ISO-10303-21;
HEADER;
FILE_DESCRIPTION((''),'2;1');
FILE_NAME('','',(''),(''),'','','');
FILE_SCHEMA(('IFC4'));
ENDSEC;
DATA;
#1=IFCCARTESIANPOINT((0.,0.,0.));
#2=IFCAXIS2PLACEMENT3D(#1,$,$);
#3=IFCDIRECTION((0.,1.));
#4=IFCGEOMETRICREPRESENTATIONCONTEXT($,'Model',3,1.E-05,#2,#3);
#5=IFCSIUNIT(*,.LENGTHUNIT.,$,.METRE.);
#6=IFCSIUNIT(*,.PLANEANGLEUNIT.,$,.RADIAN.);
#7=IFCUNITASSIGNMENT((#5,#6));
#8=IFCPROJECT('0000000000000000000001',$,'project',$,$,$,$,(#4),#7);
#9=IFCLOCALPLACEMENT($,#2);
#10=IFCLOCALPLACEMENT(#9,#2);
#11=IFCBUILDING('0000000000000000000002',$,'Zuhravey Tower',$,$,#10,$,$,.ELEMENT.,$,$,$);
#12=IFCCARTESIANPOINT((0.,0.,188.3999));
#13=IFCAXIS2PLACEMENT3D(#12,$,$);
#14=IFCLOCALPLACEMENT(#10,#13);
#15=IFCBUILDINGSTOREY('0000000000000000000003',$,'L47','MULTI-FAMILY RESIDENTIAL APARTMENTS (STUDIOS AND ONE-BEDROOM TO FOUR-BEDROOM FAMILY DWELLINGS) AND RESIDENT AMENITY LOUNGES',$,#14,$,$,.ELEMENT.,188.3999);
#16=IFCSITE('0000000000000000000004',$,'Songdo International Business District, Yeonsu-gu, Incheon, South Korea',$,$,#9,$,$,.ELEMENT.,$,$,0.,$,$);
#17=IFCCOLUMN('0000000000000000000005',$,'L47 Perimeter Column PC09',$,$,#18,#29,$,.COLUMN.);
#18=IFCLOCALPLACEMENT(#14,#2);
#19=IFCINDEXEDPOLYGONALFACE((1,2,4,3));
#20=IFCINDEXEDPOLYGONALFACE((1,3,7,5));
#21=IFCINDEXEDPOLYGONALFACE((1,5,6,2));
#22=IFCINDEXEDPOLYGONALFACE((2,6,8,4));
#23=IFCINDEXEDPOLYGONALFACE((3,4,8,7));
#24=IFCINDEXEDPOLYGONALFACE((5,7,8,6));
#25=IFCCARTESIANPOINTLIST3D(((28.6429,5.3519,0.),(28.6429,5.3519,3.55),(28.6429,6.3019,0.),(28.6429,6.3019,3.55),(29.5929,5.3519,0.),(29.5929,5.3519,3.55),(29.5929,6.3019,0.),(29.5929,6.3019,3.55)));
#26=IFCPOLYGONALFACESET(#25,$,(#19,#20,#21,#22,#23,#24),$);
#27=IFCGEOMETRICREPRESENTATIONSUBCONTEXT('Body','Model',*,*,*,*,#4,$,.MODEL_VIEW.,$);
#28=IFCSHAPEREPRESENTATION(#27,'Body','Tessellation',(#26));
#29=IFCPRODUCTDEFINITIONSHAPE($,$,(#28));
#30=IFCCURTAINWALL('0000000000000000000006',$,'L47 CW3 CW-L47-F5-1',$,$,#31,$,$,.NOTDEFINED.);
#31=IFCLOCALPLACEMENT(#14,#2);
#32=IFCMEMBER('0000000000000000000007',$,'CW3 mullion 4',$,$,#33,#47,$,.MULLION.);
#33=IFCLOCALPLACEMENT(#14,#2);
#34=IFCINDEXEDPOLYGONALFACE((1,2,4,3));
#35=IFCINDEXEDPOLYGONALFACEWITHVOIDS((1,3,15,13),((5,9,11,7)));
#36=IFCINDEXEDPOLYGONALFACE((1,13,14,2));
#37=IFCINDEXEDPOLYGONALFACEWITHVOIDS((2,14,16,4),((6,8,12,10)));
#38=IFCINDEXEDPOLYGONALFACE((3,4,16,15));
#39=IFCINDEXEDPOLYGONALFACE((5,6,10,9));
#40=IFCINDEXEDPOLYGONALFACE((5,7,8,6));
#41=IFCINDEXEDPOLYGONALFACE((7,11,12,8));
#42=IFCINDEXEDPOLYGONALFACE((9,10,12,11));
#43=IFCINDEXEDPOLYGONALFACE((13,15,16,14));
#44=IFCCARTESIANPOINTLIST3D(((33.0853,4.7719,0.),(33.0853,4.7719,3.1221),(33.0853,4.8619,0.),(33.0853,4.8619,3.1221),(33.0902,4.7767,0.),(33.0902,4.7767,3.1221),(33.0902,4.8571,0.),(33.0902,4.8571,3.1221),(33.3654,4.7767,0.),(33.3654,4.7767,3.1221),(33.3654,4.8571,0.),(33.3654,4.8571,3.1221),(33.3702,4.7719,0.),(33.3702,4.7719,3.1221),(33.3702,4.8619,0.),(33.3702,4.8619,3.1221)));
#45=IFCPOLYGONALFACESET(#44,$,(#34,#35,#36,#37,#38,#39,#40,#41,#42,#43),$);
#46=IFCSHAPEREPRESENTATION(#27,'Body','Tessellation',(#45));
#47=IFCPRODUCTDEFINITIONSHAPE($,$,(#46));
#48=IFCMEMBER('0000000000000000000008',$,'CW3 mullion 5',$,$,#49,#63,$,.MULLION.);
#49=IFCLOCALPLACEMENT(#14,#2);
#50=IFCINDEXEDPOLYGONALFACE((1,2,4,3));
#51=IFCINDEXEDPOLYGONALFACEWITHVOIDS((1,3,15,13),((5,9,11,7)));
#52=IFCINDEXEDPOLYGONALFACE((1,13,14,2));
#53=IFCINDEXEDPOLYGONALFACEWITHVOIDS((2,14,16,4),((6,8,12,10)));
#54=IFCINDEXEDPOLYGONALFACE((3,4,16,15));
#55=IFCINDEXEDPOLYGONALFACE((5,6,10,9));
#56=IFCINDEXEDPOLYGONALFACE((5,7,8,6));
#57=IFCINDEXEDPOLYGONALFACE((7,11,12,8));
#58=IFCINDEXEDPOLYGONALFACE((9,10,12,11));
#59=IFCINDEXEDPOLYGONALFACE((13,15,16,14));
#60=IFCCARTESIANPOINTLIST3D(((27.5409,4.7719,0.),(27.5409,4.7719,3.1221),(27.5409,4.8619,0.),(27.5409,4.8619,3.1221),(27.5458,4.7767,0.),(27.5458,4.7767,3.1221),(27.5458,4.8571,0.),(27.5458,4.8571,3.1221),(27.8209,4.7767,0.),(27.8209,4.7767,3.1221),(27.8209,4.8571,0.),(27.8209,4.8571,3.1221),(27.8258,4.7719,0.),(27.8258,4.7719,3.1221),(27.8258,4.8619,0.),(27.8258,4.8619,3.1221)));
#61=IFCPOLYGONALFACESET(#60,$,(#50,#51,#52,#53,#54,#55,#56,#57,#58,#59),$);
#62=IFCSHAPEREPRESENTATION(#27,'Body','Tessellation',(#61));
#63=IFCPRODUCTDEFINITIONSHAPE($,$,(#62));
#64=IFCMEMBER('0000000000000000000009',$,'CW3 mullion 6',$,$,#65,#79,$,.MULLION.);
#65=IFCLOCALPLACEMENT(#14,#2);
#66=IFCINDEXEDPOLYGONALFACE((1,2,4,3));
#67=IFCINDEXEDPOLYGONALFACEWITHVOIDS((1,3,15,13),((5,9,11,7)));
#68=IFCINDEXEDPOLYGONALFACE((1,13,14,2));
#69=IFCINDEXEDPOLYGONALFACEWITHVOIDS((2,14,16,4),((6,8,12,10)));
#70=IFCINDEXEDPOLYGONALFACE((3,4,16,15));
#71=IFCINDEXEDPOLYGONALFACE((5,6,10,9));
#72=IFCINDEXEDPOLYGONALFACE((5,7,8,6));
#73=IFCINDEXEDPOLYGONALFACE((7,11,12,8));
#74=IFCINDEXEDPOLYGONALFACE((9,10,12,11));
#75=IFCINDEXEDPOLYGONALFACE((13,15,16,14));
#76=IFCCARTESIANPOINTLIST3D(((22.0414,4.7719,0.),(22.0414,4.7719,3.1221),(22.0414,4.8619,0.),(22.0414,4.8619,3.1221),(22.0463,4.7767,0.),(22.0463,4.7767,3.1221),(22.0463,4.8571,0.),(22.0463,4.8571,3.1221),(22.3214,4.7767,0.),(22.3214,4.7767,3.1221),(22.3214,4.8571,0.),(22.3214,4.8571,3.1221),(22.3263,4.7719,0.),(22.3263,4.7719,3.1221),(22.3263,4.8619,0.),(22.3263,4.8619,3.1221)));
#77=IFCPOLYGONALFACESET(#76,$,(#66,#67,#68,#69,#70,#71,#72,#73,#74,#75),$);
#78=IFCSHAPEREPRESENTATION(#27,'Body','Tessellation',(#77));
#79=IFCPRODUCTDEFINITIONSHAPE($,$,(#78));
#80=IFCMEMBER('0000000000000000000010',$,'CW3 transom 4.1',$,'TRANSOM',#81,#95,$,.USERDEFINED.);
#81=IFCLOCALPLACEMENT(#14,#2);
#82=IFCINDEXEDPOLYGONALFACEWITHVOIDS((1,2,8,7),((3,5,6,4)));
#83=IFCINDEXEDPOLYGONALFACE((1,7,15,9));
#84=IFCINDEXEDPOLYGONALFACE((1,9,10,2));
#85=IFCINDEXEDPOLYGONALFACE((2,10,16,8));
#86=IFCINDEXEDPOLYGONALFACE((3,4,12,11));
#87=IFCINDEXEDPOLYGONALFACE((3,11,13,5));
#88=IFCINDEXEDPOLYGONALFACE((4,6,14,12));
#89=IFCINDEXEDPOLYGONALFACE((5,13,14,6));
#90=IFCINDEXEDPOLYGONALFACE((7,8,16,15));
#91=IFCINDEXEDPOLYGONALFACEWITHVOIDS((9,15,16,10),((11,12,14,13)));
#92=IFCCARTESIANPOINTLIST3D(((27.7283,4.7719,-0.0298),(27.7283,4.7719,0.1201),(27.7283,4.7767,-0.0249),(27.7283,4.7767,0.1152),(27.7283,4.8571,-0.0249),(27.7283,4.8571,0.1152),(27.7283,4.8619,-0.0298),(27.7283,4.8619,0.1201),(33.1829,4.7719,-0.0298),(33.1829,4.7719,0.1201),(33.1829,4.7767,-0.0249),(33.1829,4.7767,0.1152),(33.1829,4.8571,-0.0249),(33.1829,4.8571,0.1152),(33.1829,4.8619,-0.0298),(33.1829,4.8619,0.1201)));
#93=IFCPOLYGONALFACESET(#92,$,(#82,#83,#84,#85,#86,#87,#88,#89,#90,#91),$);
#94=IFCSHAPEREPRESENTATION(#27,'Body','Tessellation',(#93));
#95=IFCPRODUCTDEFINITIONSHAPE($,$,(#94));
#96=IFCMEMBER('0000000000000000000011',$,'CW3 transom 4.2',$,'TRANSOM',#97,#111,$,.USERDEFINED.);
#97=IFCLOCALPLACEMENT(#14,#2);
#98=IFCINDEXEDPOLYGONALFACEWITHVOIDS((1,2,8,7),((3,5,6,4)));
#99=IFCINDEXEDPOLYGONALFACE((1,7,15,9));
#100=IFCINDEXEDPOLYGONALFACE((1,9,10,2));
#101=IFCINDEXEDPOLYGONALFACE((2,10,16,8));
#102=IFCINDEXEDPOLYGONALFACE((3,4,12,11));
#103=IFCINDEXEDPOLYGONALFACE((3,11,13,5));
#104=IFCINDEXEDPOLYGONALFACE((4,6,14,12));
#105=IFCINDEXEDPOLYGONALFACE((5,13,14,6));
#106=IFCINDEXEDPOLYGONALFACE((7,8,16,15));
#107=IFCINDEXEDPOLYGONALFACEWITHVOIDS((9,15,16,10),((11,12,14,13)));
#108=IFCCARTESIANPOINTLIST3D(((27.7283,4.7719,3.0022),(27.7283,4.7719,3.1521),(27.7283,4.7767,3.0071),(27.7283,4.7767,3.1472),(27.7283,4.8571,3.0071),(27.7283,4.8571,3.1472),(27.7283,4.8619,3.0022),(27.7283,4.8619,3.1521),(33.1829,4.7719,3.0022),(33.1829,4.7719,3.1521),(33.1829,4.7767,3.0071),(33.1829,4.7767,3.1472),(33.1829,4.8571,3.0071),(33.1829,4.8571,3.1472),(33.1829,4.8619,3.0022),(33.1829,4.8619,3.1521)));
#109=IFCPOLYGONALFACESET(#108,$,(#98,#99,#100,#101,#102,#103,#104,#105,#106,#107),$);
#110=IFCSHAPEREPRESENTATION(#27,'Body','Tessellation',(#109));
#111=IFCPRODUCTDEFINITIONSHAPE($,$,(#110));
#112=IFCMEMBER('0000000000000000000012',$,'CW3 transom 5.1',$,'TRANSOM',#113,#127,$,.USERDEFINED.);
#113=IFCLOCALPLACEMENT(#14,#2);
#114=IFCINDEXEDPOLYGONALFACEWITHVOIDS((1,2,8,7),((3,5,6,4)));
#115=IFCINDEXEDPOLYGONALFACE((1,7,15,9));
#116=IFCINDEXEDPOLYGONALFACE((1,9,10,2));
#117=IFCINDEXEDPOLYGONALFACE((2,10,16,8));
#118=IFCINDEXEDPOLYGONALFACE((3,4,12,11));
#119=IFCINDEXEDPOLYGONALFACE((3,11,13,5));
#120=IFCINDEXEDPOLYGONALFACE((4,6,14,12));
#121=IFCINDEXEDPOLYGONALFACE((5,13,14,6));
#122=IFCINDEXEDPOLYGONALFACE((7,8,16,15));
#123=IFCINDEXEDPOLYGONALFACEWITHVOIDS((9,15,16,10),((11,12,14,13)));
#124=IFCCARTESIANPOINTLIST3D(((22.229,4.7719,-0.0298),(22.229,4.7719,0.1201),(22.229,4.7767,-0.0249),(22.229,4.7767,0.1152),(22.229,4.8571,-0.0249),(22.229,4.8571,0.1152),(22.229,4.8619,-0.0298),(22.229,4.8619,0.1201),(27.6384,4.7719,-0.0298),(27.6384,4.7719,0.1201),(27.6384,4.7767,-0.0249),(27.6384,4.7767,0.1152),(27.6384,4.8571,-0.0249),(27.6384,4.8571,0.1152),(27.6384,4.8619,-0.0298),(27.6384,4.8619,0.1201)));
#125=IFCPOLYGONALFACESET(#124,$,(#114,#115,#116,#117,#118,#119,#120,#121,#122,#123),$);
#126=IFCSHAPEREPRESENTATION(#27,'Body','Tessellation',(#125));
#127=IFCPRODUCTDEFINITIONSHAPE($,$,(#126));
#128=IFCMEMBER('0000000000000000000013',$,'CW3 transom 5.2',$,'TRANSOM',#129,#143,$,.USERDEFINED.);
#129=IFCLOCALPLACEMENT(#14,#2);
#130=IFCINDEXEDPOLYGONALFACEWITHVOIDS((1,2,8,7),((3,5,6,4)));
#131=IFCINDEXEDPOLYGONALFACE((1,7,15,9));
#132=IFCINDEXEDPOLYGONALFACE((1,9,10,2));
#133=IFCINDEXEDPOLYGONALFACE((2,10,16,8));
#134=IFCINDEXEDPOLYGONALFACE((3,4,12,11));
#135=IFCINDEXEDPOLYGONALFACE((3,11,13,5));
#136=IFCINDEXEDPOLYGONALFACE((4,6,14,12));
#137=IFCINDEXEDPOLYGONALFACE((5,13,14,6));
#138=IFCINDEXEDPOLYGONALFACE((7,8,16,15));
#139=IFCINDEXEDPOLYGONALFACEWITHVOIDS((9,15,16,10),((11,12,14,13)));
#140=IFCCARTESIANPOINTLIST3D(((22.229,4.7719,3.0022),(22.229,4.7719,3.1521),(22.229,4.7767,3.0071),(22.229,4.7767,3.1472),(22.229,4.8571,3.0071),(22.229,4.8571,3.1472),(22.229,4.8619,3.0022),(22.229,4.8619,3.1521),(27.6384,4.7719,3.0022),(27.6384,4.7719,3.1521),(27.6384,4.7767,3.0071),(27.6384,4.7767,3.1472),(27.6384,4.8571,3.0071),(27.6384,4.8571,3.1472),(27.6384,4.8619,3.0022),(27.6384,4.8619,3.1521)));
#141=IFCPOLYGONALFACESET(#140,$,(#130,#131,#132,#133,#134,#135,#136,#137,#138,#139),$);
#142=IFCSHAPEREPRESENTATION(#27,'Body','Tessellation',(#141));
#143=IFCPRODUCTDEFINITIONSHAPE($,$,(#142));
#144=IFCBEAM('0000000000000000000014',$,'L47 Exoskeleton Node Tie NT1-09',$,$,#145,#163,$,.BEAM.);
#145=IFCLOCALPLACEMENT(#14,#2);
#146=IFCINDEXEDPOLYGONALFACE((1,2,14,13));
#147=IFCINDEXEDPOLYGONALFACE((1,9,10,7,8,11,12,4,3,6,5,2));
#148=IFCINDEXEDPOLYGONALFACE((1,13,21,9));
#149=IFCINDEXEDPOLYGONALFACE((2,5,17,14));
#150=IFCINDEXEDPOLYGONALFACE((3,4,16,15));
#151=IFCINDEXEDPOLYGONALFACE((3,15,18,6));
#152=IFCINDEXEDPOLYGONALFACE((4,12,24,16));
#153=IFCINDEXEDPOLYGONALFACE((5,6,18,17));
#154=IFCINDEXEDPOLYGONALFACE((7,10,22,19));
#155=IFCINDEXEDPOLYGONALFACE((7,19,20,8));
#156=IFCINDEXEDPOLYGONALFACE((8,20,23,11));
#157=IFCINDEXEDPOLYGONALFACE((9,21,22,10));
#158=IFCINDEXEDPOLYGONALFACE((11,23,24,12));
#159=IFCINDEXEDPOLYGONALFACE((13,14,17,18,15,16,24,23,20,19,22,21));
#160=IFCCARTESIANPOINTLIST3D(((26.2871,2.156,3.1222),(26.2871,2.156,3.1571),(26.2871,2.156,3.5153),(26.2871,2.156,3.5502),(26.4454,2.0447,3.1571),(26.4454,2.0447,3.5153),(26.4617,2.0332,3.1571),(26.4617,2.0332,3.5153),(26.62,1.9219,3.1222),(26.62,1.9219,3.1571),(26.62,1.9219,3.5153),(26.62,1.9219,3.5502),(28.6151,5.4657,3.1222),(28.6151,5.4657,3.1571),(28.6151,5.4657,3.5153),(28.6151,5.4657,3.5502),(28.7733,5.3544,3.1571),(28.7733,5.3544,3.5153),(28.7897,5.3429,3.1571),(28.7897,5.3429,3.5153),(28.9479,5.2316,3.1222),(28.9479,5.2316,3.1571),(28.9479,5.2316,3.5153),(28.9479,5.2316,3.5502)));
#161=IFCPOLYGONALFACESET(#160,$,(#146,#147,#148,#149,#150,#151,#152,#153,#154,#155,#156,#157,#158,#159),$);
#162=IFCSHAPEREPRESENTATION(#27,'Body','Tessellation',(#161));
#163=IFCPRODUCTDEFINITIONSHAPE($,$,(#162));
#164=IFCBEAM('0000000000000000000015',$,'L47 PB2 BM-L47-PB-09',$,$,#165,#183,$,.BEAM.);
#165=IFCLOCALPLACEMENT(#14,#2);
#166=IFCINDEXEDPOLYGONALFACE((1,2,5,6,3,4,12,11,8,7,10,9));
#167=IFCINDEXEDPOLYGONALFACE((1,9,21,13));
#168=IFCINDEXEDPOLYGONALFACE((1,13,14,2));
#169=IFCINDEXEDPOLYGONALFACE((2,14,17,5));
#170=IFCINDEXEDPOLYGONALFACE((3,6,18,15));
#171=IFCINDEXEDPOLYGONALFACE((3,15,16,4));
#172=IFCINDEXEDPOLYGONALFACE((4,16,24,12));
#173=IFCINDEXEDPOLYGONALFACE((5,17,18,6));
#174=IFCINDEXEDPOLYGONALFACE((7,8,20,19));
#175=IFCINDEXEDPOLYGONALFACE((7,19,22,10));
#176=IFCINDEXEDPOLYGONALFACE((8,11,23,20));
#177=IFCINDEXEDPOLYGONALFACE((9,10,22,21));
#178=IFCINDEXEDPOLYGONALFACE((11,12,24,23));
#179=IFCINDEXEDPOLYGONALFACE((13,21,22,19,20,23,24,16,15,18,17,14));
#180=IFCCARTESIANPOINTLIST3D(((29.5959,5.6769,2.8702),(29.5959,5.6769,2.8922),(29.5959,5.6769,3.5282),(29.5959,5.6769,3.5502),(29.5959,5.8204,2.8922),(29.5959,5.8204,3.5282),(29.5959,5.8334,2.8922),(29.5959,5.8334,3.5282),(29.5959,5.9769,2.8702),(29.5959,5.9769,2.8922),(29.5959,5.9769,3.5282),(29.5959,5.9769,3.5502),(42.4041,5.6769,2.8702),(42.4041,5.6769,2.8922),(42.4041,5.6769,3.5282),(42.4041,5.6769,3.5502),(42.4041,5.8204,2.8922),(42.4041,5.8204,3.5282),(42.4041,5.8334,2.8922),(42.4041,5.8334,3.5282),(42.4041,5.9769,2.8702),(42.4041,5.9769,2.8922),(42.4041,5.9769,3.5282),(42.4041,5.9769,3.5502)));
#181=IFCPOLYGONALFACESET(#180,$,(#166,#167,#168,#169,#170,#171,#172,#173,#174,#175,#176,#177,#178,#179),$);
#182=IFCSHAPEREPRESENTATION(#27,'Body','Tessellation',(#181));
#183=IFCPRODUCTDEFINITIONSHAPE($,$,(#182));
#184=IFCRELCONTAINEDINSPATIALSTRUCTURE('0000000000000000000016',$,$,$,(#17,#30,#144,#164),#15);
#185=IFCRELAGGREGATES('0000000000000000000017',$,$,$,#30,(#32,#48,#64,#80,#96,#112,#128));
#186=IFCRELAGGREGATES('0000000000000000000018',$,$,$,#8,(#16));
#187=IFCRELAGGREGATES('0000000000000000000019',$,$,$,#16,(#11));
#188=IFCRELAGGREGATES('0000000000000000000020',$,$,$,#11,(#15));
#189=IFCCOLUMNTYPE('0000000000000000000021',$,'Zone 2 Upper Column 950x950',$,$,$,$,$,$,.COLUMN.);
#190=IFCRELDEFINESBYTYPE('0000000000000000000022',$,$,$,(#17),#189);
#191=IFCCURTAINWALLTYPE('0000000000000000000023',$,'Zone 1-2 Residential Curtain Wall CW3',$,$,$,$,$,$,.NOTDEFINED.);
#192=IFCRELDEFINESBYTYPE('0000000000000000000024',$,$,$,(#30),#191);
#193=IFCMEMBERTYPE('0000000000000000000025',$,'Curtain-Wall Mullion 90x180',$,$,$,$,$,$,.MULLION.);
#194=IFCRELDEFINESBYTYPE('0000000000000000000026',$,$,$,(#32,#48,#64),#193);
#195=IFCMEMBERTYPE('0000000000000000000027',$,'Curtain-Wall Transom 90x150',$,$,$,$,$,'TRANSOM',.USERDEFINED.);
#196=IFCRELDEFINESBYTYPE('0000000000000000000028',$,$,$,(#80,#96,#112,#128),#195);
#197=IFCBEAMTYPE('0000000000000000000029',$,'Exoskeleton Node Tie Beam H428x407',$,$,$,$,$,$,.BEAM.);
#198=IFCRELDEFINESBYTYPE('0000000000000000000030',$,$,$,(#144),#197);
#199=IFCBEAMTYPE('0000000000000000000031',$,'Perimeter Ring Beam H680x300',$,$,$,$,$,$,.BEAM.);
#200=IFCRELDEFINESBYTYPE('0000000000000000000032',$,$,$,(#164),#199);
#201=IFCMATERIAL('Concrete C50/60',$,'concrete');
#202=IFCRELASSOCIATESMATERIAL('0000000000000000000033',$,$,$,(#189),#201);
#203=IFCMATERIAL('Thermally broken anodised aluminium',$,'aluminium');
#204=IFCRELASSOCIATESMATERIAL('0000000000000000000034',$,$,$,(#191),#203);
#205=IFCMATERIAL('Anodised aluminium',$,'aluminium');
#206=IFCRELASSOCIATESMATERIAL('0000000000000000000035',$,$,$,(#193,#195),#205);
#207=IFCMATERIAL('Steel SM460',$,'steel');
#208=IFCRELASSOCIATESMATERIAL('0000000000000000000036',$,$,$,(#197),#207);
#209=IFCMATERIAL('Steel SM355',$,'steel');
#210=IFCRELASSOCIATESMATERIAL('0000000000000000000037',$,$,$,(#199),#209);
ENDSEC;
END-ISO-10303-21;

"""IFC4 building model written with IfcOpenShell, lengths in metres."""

from ifc_helpers import new_model, si_unit, direction, frame, origin, origin_2d, place, context, subcontext, project, spatial, rectangle, hollow_rectangle, i_section, extrude, material, material_profile, profile_set, type_object, element, aggregate, save


model = new_model("IFC4")

# Units and contexts
model_context = context("Model", 3, precision=1e-05, world=origin(), true_north=direction((0.0, 1.0)))
body_context = subcontext(model_context, "Body", "Model", "MODEL_VIEW")
ifc_project = project(units=[si_unit("LENGTHUNIT", "METRE"), si_unit("PLANEANGLEUNIT", "RADIAN")], contexts=[model_context])

# Site, building, storey
site_placement = place(None, origin())
site = spatial("IfcSite", under=ifc_project, at=site_placement, Name="Songdo International Business District, Yeonsu-gu, Incheon, South Korea", CompositionType="ELEMENT", RefElevation=0.0)
building_placement = place(site_placement, origin())
building = spatial("IfcBuilding", under=site, at=building_placement, Name="Zuhravey Tower", CompositionType="ELEMENT")
storey_placement = place(building_placement, frame((0.0, 0.0, 188.3999)))
storey = spatial("IfcBuildingStorey", under=building, at=storey_placement, Name="L47", Description="MULTI-FAMILY RESIDENTIAL APARTMENTS (STUDIOS AND ONE-BEDROOM TO FOUR-BEDROOM FAMILY DWELLINGS) AND RESIDENT AMENITY LOUNGES", CompositionType="ELEMENT", Elevation=188.3999)

# Column
ifc_material_1 = material(Name="Concrete C50/60", Category="concrete")
ifc_material_profile_1 = material_profile(ifc_material_1, rectangle(XDim=0.95, YDim=0.95, at=origin_2d()), Name="RC-950x950")
ifc_profile_set_1 = profile_set([ifc_material_profile_1], Name="Concrete C50/60")
column_type = type_object("IfcColumnType", Name="Zone 2 Upper Column 950x950", PredefinedType="COLUMN", material=ifc_profile_set_1)
column_placement = place(storey_placement, frame((29.1179, 5.8269, 0.0), z_axis=(0.0, 0.0, 1.0), x_axis=(1.0, 0.0, 0.0)))
element("IfcColumn", 1, at=column_placement, inside=storey, type_object=column_type, Name="L47 Perimeter Column PC09", PredefinedType="COLUMN", context=body_context, shape_type="SweptSolid", body=[
    extrude(rectangle(XDim=0.95, YDim=0.95, at=origin_2d()), origin(), (0.0, 0.0, 1.0), 3.55),
])

# Curtain wall, members
ifc_material_2 = material(Name="Thermally broken anodised aluminium", Category="aluminium")
curtain_wall_type = type_object("IfcCurtainWallType", Name="Zone 1-2 Residential Curtain Wall CW3", PredefinedType="NOTDEFINED", material=ifc_material_2)
curtain_wall_placement = place(storey_placement, origin())
curtain_wall = element("IfcCurtainWall", 2, at=curtain_wall_placement, inside=storey, type_object=curtain_wall_type, Name="L47 CW3 CW-L47-F5-1", PredefinedType="NOTDEFINED")
ifc_material_3 = material(Name="Anodised aluminium", Category="aluminium")
ifc_material_profile_2 = material_profile(ifc_material_3, hollow_rectangle(XDim=0.0901, YDim=0.2849, WallThickness=0.0049, at=origin_2d()), Name="ALU-RHS-90x285x5")
ifc_profile_set_2 = profile_set([ifc_material_profile_2], Name="Anodised aluminium")
member_type_1 = type_object("IfcMemberType", Name="Curtain-Wall Mullion 90x180", PredefinedType="MULLION", material=ifc_profile_set_2)
member_1_placement = place(storey_placement, frame((33.2278, 4.8169, 0.0), z_axis=(0.0, 0.0, 1.0), x_axis=(0.0, -1.0, 0.0)))
member_1 = element("IfcMember", 3, at=member_1_placement, type_object=member_type_1, Name="CW3 mullion 4", PredefinedType="MULLION", context=body_context, shape_type="SweptSolid", body=[
    extrude(hollow_rectangle(XDim=0.0901, YDim=0.2849, WallThickness=0.0049, at=origin_2d()), origin(), (0.0, 0.0, 1.0), 3.1221),
])
member_2_placement = place(storey_placement, frame((27.6833, 4.8169, 0.0), z_axis=(0.0, 0.0, 1.0), x_axis=(0.0, -1.0, 0.0)))
member_2 = element("IfcMember", 4, at=member_2_placement, type_object=member_type_1, Name="CW3 mullion 5", PredefinedType="MULLION", context=body_context, shape_type="SweptSolid", body=[
    extrude(hollow_rectangle(XDim=0.0901, YDim=0.2849, WallThickness=0.0049, at=origin_2d()), origin(), (0.0, 0.0, 1.0), 3.1221),
])
member_3_placement = place(storey_placement, frame((22.1838, 4.8169, 0.0), z_axis=(0.0, 0.0, 1.0), x_axis=(0.0, -1.0, 0.0)))
member_3 = element("IfcMember", 5, at=member_3_placement, type_object=member_type_1, Name="CW3 mullion 6", PredefinedType="MULLION", context=body_context, shape_type="SweptSolid", body=[
    extrude(hollow_rectangle(XDim=0.0901, YDim=0.2849, WallThickness=0.0049, at=origin_2d()), origin(), (0.0, 0.0, 1.0), 3.1221),
])
ifc_material_profile_3 = material_profile(ifc_material_3, hollow_rectangle(XDim=0.0901, YDim=0.1499, WallThickness=0.0049, at=origin_2d()), Name="ALU-RHS-90x150x5")
ifc_profile_set_3 = profile_set([ifc_material_profile_3], Name="Anodised aluminium")
member_type_2 = type_object("IfcMemberType", Name="Curtain-Wall Transom 90x150", ElementType="TRANSOM", PredefinedType="USERDEFINED", material=ifc_profile_set_3)
member_4_placement = place(storey_placement, frame((33.1829, 4.8169, 0.0452), z_axis=(-1.0, 0.0, 0.0), x_axis=(0.0, -1.0, 0.0)))
member_4 = element("IfcMember", 6, at=member_4_placement, type_object=member_type_2, Name="CW3 transom 4.1", ObjectType="TRANSOM", PredefinedType="USERDEFINED", context=body_context, shape_type="SweptSolid", body=[
    extrude(hollow_rectangle(XDim=0.0901, YDim=0.1499, WallThickness=0.0049, at=origin_2d()), origin(), (0.0, 0.0, 1.0), 5.4546),
])
member_5_placement = place(storey_placement, frame((33.1829, 4.8169, 3.0771), z_axis=(-1.0, 0.0, 0.0), x_axis=(0.0, -1.0, 0.0)))
member_5 = element("IfcMember", 7, at=member_5_placement, type_object=member_type_2, Name="CW3 transom 4.2", ObjectType="TRANSOM", PredefinedType="USERDEFINED", context=body_context, shape_type="SweptSolid", body=[
    extrude(hollow_rectangle(XDim=0.0901, YDim=0.1499, WallThickness=0.0049, at=origin_2d()), origin(), (0.0, 0.0, 1.0), 5.4546),
])
member_6_placement = place(storey_placement, frame((27.6384, 4.8169, 0.0452), z_axis=(-1.0, 0.0, 0.0), x_axis=(0.0, -1.0, 0.0)))
member_6 = element("IfcMember", 8, at=member_6_placement, type_object=member_type_2, Name="CW3 transom 5.1", ObjectType="TRANSOM", PredefinedType="USERDEFINED", context=body_context, shape_type="SweptSolid", body=[
    extrude(hollow_rectangle(XDim=0.0901, YDim=0.1499, WallThickness=0.0049, at=origin_2d()), origin(), (0.0, 0.0, 1.0), 5.4094),
])
member_7_placement = place(storey_placement, frame((27.6384, 4.8169, 3.0771), z_axis=(-1.0, 0.0, 0.0), x_axis=(0.0, -1.0, 0.0)))
member_7 = element("IfcMember", 9, at=member_7_placement, type_object=member_type_2, Name="CW3 transom 5.2", ObjectType="TRANSOM", PredefinedType="USERDEFINED", context=body_context, shape_type="SweptSolid", body=[
    extrude(hollow_rectangle(XDim=0.0901, YDim=0.1499, WallThickness=0.0049, at=origin_2d()), origin(), (0.0, 0.0, 1.0), 5.4094),
])

# Beams
ifc_material_4 = material(Name="Steel SM460", Category="steel")
ifc_material_profile_4 = material_profile(ifc_material_4, i_section(OverallWidth=0.407, OverallDepth=0.428, WebThickness=0.02, FlangeThickness=0.0349, at=origin_2d()), Name="H-428x407x20x35")
ifc_profile_set_4 = profile_set([ifc_material_profile_4], Name="Steel SM460")
beam_type_1 = type_object("IfcBeamType", Name="Exoskeleton Node Tie Beam H428x407", PredefinedType="BEAM", material=ifc_profile_set_4)
beam_1_placement = place(storey_placement, frame((28.7815, 5.3486, 3.3362), z_axis=(-0.575316, -0.817932, 0.0), x_axis=(0.817932, -0.575316, 0.0)))
element("IfcBeam", 10, at=beam_1_placement, inside=storey, type_object=beam_type_1, Name="L47 Exoskeleton Node Tie NT1-09", PredefinedType="BEAM", context=body_context, shape_type="SweptSolid", body=[
    extrude(i_section(OverallWidth=0.407, OverallDepth=0.428, WebThickness=0.02, FlangeThickness=0.0349, at=origin_2d()), origin(), (0.0, 0.0, 1.0), 4.0464),
])
ifc_material_5 = material(Name="Steel SM355", Category="steel")
ifc_material_profile_5 = material_profile(ifc_material_5, i_section(OverallWidth=0.3, OverallDepth=0.6799, WebThickness=0.0129, FlangeThickness=0.022, at=origin_2d()), Name="H-680x300x13x22")
ifc_profile_set_5 = profile_set([ifc_material_profile_5], Name="Steel SM355")
beam_type_2 = type_object("IfcBeamType", Name="Perimeter Ring Beam H680x300", PredefinedType="BEAM", material=ifc_profile_set_5)
beam_2_placement = place(storey_placement, frame((29.5959, 5.8269, 3.2102), z_axis=(1.0, 0.0, 0.0), x_axis=(0.0, 1.0, 0.0)))
element("IfcBeam", 11, at=beam_2_placement, inside=storey, type_object=beam_type_2, Name="L47 PB2 BM-L47-PB-09", PredefinedType="BEAM", context=body_context, shape_type="SweptSolid", body=[
    extrude(i_section(OverallWidth=0.3, OverallDepth=0.6799, WebThickness=0.0129, FlangeThickness=0.022, at=origin_2d()), origin(), (0.0, 0.0, 1.0), 12.8081),
])

aggregate(curtain_wall, [member_1, member_2, member_3, member_4, member_5, member_6, member_7])

save(model, "model.ifc")
